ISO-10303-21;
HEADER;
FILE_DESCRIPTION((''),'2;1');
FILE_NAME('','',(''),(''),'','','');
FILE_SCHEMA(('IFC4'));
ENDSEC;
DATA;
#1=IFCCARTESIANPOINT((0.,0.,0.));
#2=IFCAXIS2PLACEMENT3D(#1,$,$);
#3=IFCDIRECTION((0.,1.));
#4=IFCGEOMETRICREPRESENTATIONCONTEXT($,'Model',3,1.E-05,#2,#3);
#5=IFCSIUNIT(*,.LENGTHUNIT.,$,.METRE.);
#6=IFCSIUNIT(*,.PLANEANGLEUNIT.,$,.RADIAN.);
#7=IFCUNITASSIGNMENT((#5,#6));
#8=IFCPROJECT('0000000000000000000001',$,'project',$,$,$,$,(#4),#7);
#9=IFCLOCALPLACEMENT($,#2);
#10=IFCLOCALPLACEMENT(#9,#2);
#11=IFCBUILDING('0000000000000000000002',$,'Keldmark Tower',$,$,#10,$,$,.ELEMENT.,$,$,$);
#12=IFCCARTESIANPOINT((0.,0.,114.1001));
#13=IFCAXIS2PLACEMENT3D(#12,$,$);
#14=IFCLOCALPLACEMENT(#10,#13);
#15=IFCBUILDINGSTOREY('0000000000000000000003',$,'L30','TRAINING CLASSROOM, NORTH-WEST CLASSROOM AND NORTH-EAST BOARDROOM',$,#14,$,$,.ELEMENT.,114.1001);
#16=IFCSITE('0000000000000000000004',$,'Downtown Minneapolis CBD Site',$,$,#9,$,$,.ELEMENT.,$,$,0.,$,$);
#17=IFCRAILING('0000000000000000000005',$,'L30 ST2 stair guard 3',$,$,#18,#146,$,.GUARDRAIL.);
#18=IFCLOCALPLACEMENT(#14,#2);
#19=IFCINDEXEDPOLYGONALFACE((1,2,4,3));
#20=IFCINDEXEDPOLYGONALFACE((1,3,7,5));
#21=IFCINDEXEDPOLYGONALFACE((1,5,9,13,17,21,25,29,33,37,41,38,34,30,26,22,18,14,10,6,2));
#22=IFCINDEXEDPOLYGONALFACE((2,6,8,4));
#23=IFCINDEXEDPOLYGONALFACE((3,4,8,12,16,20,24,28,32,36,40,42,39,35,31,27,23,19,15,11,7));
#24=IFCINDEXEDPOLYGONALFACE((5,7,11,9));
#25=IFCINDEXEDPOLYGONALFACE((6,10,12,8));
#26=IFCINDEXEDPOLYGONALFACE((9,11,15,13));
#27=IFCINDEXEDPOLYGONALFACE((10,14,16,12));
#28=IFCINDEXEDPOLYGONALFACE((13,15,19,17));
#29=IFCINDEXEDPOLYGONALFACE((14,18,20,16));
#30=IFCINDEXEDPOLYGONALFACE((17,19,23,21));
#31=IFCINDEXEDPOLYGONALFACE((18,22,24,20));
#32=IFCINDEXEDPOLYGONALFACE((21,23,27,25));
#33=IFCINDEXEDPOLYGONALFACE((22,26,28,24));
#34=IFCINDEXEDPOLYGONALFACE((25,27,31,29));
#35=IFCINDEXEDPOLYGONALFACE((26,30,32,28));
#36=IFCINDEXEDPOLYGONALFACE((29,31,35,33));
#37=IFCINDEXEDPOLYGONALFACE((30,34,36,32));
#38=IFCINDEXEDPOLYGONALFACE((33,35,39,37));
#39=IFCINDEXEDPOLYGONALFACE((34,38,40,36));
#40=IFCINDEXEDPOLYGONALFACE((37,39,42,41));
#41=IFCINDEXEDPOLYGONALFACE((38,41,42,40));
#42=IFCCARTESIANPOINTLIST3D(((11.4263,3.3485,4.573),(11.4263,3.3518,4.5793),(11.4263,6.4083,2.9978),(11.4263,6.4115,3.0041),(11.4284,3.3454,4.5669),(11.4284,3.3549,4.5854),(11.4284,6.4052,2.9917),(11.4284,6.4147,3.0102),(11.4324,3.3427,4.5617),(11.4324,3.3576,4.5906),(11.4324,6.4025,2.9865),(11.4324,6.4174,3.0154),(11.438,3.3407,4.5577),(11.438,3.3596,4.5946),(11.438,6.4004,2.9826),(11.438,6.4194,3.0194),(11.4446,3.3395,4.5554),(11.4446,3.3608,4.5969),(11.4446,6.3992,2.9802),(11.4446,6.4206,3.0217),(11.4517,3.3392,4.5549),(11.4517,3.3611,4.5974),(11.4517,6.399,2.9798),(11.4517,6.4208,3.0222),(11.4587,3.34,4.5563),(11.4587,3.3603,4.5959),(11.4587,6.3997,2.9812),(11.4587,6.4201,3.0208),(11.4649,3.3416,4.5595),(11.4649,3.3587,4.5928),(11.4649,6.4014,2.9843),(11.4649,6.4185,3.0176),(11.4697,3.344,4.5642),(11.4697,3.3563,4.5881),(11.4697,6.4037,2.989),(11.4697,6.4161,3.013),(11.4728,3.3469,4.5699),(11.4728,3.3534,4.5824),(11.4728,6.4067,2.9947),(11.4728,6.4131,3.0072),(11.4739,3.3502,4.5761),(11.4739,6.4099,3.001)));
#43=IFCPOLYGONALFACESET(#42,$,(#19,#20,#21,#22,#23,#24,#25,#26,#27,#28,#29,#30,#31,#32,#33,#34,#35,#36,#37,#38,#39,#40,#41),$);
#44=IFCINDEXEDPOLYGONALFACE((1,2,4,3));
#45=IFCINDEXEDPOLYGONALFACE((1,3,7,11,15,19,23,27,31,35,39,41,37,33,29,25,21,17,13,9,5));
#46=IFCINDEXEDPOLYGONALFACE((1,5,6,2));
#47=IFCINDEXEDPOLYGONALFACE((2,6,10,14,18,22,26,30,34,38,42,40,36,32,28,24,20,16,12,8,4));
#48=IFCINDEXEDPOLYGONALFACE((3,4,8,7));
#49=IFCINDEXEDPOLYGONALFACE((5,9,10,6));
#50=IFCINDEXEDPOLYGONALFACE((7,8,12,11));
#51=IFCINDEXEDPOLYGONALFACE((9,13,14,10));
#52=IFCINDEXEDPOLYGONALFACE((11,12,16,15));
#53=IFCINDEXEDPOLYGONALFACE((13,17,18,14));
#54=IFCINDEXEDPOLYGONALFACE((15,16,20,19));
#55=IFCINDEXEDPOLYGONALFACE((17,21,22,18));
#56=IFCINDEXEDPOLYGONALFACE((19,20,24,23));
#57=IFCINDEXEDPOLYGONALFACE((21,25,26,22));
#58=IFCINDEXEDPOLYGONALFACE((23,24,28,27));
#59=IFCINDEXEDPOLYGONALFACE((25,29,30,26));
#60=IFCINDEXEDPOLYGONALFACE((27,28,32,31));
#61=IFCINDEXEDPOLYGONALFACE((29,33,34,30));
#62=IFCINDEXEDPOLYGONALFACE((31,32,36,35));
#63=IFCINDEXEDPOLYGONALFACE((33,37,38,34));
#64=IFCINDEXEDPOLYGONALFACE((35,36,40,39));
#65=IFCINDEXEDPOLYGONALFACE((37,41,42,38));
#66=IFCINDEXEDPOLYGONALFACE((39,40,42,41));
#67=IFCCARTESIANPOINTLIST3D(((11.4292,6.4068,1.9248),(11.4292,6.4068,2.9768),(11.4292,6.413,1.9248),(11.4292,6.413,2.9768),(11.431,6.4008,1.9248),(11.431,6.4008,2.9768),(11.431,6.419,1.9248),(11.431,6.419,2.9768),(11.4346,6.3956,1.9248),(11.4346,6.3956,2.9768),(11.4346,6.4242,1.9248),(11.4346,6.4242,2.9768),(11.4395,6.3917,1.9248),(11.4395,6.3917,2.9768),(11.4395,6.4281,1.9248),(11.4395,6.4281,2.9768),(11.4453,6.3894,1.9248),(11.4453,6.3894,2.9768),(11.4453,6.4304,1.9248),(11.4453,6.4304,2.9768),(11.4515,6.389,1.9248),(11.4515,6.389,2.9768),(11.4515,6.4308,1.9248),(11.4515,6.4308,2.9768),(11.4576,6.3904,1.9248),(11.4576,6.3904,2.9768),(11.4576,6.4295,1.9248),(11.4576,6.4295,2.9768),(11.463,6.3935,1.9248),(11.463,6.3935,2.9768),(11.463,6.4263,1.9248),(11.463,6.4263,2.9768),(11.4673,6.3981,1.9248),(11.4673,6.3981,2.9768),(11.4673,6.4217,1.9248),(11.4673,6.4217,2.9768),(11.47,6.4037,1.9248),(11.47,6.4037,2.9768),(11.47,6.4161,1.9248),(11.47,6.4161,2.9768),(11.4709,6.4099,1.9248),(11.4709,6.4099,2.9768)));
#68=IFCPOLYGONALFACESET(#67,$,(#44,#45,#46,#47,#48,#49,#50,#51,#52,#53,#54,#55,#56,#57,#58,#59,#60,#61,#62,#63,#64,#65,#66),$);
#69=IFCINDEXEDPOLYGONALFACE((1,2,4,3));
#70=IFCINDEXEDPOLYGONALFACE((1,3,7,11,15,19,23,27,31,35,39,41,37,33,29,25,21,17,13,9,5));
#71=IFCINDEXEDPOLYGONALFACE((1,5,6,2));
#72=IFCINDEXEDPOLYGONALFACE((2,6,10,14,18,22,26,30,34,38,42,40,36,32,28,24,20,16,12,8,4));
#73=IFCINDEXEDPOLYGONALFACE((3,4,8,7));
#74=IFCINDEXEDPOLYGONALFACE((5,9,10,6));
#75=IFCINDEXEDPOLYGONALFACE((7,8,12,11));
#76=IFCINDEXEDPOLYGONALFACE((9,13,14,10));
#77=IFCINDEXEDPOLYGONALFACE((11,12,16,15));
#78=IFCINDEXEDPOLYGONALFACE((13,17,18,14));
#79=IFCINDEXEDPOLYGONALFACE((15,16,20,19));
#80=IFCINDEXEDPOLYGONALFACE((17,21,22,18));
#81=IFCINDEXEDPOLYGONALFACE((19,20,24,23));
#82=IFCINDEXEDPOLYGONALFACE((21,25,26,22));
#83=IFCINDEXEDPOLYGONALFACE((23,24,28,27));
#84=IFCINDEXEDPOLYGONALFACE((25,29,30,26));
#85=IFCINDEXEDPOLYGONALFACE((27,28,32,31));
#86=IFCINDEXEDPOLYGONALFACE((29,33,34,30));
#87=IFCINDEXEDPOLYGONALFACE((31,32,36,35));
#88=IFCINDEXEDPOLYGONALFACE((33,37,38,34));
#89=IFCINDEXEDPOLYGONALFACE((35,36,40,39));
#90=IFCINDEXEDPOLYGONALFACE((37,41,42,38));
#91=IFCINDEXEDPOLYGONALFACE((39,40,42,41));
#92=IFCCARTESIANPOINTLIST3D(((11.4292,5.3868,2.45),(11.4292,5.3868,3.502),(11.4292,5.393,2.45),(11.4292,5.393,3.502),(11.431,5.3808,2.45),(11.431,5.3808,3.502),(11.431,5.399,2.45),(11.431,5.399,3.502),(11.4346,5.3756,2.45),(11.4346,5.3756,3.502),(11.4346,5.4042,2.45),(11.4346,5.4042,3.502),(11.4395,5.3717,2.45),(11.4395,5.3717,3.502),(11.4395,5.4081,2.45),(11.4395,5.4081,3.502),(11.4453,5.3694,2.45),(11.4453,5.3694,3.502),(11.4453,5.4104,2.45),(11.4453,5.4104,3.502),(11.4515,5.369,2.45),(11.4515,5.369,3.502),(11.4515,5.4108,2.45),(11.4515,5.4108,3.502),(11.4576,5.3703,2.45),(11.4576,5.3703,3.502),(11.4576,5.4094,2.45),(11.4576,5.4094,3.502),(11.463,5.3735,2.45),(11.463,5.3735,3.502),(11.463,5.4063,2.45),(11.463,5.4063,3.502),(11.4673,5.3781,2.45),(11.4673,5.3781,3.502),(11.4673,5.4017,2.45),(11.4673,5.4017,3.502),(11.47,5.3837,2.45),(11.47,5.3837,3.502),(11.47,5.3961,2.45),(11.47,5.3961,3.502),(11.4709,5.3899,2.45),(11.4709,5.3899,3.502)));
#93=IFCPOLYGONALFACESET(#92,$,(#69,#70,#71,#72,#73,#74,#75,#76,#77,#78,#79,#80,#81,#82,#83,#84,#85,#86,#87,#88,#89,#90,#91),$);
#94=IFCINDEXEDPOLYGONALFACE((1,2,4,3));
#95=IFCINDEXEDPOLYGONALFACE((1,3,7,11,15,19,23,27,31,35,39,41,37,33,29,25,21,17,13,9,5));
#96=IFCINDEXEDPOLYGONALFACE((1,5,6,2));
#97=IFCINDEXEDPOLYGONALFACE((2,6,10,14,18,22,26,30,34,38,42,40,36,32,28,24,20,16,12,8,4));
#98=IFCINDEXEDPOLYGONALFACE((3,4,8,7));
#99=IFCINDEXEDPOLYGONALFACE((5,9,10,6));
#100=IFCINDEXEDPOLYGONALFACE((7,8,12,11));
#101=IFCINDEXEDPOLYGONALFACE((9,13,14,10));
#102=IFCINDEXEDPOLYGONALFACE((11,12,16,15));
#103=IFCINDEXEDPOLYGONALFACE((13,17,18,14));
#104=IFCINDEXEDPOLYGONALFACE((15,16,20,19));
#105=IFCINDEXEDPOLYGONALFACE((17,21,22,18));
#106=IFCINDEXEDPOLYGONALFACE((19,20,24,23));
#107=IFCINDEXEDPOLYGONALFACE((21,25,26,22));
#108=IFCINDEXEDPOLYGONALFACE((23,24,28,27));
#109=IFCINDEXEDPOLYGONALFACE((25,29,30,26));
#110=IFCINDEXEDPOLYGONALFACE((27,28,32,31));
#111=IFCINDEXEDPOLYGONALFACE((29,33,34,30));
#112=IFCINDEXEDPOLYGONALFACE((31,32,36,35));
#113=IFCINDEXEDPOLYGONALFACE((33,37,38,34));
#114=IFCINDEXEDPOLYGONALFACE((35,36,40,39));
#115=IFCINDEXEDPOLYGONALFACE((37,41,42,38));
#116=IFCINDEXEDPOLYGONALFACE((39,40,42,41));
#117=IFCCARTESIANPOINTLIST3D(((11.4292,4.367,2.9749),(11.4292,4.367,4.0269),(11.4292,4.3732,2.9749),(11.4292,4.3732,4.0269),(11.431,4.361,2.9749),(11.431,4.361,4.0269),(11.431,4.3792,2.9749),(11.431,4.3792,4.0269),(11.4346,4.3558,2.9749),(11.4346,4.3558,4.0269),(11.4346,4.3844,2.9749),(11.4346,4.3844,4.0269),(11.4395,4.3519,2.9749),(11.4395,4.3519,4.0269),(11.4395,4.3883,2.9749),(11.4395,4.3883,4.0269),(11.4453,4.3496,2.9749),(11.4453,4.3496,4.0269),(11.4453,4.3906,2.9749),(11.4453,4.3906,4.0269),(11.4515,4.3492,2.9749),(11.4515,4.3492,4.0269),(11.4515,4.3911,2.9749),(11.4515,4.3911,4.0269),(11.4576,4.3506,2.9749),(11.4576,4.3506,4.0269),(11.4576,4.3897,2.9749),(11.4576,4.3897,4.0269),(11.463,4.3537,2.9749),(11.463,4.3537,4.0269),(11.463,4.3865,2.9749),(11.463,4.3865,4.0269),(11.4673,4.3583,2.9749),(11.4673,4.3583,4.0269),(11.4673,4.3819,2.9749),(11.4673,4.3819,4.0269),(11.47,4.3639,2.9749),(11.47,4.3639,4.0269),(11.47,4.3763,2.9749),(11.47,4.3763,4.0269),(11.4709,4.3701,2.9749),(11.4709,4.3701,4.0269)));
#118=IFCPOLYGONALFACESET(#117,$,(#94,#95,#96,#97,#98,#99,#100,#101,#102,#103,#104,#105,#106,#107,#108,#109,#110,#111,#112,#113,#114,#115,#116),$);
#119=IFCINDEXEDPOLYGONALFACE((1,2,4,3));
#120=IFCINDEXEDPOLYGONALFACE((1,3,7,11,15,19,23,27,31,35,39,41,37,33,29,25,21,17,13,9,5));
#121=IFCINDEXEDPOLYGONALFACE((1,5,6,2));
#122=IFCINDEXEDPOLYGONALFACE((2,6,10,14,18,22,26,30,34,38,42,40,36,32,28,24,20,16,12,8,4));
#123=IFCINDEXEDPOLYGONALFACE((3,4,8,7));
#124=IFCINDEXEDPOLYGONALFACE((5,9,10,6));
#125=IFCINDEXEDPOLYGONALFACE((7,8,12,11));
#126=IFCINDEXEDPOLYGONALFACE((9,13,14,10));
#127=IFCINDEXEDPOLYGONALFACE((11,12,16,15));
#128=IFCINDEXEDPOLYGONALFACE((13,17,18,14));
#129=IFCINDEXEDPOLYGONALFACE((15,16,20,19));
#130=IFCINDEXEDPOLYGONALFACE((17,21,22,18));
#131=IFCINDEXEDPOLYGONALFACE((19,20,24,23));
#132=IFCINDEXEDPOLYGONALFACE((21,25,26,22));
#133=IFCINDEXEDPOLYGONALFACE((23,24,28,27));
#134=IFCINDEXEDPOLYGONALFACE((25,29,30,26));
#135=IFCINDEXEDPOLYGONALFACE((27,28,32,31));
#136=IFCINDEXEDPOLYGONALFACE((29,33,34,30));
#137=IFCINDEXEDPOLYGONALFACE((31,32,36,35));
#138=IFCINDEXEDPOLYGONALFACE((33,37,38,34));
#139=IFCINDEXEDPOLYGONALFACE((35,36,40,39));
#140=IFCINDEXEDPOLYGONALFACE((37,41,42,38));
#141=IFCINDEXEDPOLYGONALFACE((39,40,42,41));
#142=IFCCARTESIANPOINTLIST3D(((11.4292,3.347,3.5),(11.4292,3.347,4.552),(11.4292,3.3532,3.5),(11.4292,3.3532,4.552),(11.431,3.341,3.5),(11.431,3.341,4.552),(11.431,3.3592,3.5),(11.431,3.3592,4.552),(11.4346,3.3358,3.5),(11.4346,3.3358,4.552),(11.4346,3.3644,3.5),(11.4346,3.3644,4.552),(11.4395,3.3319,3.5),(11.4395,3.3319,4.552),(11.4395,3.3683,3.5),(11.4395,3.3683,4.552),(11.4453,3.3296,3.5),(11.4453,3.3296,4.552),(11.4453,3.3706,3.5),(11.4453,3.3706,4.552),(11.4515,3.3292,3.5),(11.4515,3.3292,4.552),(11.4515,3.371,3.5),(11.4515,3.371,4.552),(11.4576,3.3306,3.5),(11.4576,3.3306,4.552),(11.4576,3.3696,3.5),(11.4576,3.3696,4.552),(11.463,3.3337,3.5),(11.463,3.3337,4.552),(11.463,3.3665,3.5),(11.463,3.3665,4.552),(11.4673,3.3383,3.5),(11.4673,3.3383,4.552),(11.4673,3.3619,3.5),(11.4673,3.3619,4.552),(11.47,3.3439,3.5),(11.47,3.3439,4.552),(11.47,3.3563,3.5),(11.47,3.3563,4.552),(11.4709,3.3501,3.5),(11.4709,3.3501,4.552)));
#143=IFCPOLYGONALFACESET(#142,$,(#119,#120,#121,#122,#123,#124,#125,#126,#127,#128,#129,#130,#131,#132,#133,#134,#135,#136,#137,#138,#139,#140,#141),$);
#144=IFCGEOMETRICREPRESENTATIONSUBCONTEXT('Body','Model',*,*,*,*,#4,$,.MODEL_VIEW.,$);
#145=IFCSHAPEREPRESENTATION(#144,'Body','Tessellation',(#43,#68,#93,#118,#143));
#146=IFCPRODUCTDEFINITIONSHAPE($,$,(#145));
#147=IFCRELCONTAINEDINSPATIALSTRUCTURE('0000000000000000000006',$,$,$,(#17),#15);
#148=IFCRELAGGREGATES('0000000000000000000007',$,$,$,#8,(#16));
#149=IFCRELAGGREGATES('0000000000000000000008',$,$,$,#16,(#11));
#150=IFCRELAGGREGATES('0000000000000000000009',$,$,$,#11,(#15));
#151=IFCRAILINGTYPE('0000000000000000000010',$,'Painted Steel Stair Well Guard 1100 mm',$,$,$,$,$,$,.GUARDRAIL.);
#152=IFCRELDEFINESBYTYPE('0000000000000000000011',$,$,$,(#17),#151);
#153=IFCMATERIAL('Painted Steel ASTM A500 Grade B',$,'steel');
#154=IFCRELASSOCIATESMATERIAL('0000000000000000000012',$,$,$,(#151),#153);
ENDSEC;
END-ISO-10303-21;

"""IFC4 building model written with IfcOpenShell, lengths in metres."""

from ifc_helpers import new_model, si_unit, direction, frame, origin, origin_2d, place, context, subcontext, project, spatial, circle, extrude, material, type_object, element, save


model = new_model("IFC4")

# Units and contexts
model_context = context("Model", 3, precision=1e-05, world=origin(), true_north=direction((0.0, 1.0)))
body_context = subcontext(model_context, "Body", "Model", "MODEL_VIEW")
ifc_project = project(units=[si_unit("LENGTHUNIT", "METRE"), si_unit("PLANEANGLEUNIT", "RADIAN")], contexts=[model_context])

# Site, building, storey
site_placement = place(None, origin())
site = spatial("IfcSite", under=ifc_project, at=site_placement, Name="Downtown Minneapolis CBD Site", CompositionType="ELEMENT", RefElevation=0.0)
building_placement = place(site_placement, origin())
building = spatial("IfcBuilding", under=site, at=building_placement, Name="Keldmark Tower", CompositionType="ELEMENT")
storey_placement = place(building_placement, frame((0.0, 0.0, 114.1001)))
storey = spatial("IfcBuildingStorey", under=building, at=storey_placement, Name="L30", Description="TRAINING CLASSROOM, NORTH-WEST CLASSROOM AND NORTH-EAST BOARDROOM", CompositionType="ELEMENT", Elevation=114.1001)

# Railing
ifc_material_1 = material(Name="Painted Steel ASTM A500 Grade B", Category="steel")
railing_type_1 = type_object("IfcRailingType", Name="Painted Steel Stair Well Guard 1100 mm", PredefinedType="GUARDRAIL", material=ifc_material_1)
railing_1_placement = place(storey_placement, frame((11.45, 6.4099, 1.9248)))
element("IfcRailing", 1, at=railing_1_placement, inside=storey, type_object=railing_type_1, Name="L30 ST2 stair guard 3", PredefinedType="GUARDRAIL", context=body_context, shape_type="SweptSolid", body=[
    extrude(circle(Radius=0.0239, at=origin_2d()), frame((0.0, 0.0, 1.0762), z_axis=(0.0, -0.889101, 0.45771), x_axis=(1.0, 0.0, 0.0)), (0.0, 0.0, 1.0), 3.4414),
    extrude(circle(Radius=0.021, at=origin_2d()), origin(), (0.0, 0.0, 1.0), 1.052),
    extrude(circle(Radius=0.021, at=origin_2d()), frame((0.0, -1.02, 0.5251)), (0.0, 0.0, 1.0), 1.052),
    extrude(circle(Radius=0.021, at=origin_2d()), frame((0.0, -2.0398, 1.05)), (0.0, 0.0, 1.0), 1.052),
    extrude(circle(Radius=0.021, at=origin_2d()), frame((0.0, -3.0598, 1.5752)), (0.0, 0.0, 1.0), 1.052),
])

save(model, "model.ifc")
